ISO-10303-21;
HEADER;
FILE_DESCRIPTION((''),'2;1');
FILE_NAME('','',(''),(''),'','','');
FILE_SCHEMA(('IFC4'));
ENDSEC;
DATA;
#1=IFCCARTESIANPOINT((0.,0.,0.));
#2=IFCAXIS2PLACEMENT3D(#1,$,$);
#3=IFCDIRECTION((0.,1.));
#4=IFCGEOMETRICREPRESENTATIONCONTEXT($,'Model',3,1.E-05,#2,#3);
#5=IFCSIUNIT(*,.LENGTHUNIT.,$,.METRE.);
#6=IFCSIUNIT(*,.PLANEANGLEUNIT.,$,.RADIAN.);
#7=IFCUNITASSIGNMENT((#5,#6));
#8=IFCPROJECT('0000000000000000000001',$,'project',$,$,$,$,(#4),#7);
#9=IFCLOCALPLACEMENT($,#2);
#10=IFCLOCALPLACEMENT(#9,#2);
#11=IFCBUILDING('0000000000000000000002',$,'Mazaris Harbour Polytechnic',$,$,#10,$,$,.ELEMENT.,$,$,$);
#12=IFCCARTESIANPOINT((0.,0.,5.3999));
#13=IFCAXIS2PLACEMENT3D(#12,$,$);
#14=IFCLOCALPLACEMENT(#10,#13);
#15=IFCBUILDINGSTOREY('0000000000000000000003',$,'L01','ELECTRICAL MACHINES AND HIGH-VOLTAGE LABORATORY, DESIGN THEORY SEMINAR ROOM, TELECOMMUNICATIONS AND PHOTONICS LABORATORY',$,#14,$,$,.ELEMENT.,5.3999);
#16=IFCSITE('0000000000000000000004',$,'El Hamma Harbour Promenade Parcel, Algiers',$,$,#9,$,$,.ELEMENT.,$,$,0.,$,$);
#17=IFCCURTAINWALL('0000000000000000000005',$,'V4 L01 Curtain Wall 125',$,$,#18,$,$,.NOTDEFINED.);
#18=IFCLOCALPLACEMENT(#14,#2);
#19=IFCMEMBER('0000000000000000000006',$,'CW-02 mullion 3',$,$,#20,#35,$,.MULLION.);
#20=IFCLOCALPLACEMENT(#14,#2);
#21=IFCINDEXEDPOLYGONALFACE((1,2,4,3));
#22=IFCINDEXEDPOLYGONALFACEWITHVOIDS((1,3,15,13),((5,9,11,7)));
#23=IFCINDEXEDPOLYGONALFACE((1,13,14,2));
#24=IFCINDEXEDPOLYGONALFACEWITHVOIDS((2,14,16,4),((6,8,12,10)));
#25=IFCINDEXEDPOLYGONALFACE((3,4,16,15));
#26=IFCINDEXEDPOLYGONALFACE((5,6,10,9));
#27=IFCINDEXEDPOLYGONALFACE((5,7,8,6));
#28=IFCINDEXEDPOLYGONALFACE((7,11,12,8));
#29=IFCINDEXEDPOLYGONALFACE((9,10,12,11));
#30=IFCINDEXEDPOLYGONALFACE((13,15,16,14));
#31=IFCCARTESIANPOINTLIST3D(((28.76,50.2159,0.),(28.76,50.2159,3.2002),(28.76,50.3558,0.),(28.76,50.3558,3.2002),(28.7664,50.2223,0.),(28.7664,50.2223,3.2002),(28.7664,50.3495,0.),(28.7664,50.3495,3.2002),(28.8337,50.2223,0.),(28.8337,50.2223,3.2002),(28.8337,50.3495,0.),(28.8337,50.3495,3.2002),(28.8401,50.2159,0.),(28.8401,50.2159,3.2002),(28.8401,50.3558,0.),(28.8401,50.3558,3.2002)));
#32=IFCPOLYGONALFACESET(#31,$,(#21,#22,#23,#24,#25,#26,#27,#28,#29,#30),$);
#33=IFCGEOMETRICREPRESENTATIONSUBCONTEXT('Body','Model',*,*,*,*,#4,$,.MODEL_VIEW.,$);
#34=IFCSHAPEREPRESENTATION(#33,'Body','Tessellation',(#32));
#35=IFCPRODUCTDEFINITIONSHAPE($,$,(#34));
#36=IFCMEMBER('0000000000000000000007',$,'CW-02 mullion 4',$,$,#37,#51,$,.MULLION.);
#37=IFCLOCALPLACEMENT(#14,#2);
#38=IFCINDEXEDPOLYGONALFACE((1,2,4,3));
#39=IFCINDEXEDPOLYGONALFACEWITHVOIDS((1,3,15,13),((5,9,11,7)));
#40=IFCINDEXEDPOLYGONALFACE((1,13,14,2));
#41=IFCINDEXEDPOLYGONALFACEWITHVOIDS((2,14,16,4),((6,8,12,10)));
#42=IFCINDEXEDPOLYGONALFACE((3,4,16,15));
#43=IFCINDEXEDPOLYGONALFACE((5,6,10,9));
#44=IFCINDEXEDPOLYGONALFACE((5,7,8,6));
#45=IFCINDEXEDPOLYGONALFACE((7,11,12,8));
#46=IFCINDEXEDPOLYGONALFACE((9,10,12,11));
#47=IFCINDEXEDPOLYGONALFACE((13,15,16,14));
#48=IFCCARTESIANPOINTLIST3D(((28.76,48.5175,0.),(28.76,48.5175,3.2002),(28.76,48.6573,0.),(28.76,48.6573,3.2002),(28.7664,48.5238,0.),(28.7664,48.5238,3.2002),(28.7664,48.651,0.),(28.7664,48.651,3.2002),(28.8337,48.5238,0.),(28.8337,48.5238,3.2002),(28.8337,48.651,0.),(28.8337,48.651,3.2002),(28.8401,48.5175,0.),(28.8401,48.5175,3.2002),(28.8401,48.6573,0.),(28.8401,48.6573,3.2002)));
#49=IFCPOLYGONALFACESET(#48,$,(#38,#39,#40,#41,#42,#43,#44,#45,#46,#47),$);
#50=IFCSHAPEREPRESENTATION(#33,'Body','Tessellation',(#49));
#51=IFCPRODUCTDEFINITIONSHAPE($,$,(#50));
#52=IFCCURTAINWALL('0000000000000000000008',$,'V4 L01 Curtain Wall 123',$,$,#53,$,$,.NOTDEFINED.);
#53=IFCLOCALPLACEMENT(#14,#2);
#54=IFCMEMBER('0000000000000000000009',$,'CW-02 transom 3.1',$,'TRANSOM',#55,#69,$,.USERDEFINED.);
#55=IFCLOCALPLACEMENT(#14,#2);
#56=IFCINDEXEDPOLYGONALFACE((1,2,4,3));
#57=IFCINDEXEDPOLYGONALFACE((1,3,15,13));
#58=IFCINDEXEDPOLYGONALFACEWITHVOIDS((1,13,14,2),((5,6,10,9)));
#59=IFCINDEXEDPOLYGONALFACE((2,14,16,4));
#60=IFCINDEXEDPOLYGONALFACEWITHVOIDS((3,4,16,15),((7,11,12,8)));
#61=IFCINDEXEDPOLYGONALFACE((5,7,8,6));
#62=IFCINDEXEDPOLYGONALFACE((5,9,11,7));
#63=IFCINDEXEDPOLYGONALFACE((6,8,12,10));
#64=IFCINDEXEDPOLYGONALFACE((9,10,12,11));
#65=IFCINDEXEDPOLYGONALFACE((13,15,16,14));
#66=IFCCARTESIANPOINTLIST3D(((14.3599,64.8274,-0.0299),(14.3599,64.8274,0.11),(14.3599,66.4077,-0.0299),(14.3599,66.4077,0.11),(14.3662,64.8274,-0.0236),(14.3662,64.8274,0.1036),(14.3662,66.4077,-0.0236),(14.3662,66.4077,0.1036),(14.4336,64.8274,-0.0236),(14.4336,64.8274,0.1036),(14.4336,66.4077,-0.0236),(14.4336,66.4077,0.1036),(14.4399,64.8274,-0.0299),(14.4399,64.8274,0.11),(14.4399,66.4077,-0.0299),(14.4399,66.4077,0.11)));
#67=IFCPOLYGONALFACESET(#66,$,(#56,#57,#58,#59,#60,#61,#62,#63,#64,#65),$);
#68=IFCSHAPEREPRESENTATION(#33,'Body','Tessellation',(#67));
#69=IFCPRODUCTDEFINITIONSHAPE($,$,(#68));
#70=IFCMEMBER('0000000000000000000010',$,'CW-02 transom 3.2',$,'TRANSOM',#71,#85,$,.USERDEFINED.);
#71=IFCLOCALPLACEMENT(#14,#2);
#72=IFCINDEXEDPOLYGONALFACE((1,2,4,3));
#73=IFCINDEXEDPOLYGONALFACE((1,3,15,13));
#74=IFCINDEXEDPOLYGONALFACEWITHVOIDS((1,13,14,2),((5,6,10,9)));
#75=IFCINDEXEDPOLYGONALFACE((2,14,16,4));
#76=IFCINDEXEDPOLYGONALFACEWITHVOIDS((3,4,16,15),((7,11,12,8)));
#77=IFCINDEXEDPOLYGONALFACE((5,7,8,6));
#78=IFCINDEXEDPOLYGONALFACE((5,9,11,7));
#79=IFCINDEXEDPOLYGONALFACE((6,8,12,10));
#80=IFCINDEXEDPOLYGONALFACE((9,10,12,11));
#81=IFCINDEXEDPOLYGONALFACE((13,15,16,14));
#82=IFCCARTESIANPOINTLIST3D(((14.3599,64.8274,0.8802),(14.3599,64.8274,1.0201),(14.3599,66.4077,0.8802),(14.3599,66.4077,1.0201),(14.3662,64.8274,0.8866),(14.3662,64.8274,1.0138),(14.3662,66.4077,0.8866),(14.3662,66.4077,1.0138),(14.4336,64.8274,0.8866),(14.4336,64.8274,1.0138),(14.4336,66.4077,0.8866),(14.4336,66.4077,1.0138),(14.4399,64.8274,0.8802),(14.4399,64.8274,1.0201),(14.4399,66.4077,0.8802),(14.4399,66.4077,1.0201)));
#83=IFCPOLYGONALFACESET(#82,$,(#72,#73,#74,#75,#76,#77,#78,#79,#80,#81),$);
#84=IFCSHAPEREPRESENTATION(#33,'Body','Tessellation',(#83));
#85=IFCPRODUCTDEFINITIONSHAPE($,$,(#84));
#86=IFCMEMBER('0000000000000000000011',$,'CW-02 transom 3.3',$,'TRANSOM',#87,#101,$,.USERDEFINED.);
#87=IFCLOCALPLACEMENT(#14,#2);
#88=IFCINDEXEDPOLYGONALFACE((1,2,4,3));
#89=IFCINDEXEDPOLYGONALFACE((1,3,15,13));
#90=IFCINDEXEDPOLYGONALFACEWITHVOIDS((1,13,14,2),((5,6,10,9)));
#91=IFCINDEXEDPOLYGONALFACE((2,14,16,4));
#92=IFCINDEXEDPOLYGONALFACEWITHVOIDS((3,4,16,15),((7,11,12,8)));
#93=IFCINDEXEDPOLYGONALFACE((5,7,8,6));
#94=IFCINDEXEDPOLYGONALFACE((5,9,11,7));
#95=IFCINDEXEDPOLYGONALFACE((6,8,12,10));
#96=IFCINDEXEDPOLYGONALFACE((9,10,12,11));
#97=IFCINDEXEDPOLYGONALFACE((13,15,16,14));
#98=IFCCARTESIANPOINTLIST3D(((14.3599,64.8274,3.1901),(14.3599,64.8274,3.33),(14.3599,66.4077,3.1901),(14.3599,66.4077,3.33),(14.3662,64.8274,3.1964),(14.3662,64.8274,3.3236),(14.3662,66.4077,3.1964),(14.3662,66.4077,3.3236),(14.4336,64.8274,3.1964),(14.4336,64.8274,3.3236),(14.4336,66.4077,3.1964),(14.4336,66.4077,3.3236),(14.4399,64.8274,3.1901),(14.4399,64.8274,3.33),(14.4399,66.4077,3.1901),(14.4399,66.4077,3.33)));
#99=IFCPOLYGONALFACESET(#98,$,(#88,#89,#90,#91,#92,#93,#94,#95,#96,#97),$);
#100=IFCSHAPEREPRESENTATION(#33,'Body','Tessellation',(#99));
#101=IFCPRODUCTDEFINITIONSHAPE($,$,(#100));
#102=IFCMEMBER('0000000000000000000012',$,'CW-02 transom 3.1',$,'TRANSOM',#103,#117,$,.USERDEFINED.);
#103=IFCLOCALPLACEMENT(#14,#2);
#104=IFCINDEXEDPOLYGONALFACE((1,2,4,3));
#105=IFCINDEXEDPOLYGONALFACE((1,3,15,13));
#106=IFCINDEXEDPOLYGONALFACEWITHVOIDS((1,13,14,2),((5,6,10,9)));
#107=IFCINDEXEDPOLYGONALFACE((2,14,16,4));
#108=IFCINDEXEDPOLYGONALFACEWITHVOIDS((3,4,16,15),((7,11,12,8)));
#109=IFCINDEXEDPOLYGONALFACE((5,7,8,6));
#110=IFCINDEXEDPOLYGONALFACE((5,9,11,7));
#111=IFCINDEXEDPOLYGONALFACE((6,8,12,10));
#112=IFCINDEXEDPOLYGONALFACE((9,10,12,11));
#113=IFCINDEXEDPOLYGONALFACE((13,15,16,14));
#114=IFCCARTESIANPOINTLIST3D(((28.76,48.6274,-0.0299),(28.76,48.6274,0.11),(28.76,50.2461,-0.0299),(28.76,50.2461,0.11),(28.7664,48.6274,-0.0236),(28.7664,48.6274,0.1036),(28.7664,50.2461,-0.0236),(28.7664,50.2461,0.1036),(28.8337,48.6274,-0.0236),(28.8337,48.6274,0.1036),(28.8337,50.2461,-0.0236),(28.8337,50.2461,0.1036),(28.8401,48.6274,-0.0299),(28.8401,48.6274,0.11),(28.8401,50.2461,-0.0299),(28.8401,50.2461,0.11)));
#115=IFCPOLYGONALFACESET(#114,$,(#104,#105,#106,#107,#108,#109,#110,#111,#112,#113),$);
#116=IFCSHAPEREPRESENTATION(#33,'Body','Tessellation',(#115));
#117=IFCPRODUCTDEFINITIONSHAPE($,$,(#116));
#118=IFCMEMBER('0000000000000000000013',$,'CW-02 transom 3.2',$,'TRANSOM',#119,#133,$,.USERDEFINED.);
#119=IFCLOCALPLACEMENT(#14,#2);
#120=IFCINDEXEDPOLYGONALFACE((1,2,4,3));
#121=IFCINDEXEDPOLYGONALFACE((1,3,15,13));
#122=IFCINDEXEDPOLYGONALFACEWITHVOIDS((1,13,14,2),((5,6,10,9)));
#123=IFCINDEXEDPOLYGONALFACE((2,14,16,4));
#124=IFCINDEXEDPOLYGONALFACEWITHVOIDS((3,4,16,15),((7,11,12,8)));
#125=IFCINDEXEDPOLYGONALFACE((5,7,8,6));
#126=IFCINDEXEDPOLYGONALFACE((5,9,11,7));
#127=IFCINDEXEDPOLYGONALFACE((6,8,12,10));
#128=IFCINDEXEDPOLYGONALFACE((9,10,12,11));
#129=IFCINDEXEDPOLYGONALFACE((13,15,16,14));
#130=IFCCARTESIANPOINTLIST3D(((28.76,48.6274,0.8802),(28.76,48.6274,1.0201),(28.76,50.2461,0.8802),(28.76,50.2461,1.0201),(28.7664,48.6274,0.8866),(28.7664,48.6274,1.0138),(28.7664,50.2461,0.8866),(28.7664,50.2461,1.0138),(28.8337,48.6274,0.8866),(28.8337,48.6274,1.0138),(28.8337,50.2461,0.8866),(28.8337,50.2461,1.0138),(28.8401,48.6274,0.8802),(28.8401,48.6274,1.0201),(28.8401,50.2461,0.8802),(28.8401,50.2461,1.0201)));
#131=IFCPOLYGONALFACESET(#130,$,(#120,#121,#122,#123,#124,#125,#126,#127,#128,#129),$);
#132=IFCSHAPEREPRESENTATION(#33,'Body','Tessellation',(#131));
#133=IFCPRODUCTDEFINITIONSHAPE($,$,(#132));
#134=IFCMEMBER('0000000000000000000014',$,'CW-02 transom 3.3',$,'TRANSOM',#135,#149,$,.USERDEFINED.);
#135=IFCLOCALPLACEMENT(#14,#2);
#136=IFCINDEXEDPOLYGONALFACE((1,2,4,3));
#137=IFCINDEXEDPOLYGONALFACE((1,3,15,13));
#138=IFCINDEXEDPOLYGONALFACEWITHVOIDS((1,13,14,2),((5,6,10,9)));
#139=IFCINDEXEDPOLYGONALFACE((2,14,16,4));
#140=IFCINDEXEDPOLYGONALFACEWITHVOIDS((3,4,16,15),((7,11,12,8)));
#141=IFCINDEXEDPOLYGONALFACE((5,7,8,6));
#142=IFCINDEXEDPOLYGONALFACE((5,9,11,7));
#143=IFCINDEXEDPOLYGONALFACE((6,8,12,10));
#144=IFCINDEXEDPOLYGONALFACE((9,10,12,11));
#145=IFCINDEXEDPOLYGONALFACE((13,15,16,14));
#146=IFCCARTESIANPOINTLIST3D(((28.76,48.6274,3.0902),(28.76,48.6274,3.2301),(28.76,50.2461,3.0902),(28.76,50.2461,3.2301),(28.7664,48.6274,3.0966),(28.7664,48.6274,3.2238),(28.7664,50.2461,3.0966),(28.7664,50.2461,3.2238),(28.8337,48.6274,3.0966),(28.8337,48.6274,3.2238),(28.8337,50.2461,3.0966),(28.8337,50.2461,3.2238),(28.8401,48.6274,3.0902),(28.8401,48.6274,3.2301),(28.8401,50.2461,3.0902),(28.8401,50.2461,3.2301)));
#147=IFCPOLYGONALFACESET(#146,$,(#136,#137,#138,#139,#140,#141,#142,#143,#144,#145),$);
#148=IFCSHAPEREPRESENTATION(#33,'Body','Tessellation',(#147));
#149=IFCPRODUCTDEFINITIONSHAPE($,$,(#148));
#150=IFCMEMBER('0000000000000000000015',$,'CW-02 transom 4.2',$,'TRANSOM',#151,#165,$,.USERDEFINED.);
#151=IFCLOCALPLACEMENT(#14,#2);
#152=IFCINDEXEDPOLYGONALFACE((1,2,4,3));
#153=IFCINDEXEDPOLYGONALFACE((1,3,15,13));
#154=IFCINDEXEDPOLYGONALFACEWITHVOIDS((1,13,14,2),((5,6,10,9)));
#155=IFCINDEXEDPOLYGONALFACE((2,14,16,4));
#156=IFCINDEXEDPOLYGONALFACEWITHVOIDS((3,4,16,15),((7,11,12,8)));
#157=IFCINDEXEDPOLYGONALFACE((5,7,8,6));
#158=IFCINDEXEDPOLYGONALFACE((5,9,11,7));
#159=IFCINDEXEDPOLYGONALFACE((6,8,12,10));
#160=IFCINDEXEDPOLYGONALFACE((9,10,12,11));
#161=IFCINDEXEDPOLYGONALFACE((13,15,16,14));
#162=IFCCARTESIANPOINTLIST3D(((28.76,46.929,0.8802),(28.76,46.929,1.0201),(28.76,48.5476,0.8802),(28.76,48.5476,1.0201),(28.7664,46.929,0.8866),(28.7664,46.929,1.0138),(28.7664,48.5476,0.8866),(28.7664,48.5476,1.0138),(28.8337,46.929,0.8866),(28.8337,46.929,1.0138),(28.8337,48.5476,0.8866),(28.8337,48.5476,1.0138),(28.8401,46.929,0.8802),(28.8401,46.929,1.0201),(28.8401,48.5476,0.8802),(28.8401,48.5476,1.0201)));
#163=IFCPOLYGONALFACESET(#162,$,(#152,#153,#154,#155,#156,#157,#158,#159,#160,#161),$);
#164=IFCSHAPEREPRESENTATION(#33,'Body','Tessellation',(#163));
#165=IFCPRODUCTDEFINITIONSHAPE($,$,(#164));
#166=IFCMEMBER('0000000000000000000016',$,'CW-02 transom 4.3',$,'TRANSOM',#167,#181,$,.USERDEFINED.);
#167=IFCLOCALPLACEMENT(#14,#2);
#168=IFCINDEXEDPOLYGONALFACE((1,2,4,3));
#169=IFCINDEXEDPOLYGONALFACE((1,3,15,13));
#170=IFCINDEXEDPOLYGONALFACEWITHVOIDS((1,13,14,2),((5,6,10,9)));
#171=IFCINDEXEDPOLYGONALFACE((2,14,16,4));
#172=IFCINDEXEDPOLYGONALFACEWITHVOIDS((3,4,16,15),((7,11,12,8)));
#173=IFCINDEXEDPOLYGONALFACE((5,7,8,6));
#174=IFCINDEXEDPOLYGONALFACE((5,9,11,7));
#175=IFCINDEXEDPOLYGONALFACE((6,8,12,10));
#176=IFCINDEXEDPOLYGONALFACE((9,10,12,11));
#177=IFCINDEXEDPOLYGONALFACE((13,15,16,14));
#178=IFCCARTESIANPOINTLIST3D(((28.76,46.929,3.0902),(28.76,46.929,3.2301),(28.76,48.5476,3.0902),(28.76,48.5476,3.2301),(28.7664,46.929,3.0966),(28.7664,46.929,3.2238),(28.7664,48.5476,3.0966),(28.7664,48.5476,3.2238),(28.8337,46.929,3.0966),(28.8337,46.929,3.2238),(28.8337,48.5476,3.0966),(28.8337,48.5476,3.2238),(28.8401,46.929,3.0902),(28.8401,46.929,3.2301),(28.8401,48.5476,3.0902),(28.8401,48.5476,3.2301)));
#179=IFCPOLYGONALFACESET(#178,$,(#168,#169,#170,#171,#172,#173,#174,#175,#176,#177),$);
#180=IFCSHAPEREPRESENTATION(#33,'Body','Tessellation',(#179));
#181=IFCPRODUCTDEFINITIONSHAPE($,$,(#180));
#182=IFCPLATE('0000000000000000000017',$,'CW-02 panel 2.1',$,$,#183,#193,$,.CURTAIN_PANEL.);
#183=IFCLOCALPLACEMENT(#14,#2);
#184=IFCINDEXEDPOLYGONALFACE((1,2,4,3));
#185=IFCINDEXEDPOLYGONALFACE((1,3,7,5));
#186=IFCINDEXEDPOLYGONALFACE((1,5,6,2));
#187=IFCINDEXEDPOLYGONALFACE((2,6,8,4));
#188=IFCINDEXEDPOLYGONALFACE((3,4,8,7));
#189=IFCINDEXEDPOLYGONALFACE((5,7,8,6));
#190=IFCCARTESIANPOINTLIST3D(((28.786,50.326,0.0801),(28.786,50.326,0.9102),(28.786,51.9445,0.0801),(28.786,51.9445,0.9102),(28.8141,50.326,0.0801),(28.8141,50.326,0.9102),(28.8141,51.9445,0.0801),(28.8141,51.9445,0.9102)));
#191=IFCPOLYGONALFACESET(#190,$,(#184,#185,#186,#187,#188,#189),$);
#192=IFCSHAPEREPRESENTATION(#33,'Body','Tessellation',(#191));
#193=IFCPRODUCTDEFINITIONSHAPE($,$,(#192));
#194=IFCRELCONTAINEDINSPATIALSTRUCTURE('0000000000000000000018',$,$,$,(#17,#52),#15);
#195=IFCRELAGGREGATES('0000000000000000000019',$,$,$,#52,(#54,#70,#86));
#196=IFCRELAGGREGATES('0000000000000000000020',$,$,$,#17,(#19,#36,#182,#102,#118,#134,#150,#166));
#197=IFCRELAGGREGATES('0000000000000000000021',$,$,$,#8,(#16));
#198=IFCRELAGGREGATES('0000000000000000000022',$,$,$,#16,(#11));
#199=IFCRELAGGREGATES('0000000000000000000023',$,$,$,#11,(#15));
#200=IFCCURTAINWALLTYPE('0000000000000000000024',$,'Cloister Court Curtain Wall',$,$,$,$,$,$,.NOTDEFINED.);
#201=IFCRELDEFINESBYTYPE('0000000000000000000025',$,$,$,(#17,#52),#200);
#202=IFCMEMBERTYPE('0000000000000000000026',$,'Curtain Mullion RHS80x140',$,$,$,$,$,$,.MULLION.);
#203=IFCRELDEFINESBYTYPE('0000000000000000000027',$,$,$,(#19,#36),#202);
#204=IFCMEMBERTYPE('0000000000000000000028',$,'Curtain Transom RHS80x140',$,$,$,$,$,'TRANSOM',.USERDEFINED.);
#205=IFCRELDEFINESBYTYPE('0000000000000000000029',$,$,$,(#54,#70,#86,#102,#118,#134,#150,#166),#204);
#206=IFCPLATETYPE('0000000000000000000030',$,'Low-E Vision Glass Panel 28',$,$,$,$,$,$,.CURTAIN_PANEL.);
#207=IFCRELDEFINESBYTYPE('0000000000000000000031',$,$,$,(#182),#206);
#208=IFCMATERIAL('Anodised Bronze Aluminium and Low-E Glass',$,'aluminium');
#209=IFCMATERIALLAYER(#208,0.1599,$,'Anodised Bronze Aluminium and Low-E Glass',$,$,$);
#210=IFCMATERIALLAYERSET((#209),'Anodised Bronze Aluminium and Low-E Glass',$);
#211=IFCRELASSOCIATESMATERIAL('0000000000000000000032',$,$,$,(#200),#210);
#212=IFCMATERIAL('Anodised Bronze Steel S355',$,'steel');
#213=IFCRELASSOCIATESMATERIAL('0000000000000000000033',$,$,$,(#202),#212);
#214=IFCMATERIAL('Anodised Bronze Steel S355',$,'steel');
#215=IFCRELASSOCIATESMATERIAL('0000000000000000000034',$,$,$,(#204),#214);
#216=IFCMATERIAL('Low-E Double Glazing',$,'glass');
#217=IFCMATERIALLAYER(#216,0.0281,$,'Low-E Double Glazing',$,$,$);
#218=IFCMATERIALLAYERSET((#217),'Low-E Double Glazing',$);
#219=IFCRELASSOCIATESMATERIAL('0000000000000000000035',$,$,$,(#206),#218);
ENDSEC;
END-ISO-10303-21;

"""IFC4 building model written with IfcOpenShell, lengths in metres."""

from ifc_helpers import new_model, si_unit, direction, frame, origin, origin_2d, place, context, subcontext, project, spatial, rectangle, hollow_rectangle, extrude, material, layer, layer_set, material_profile, profile_set, type_object, element, aggregate, save


model = new_model("IFC4")

# Units and contexts
model_context = context("Model", 3, precision=1e-05, world=origin(), true_north=direction((0.0, 1.0)))
body_context = subcontext(model_context, "Body", "Model", "MODEL_VIEW")
ifc_project = project(units=[si_unit("LENGTHUNIT", "METRE"), si_unit("PLANEANGLEUNIT", "RADIAN")], contexts=[model_context])

# Site, building, storey
site_placement = place(None, origin())
site = spatial("IfcSite", under=ifc_project, at=site_placement, Name="El Hamma Harbour Promenade Parcel, Algiers", CompositionType="ELEMENT", RefElevation=0.0)
building_placement = place(site_placement, origin())
building = spatial("IfcBuilding", under=site, at=building_placement, Name="Mazaris Harbour Polytechnic", CompositionType="ELEMENT")
storey_placement = place(building_placement, frame((0.0, 0.0, 5.3999)))
storey = spatial("IfcBuildingStorey", under=building, at=storey_placement, Name="L01", Description="ELECTRICAL MACHINES AND HIGH-VOLTAGE LABORATORY, DESIGN THEORY SEMINAR ROOM, TELECOMMUNICATIONS AND PHOTONICS LABORATORY", CompositionType="ELEMENT", Elevation=5.3999)

# Curtain walls, members
ifc_material_1 = material(Name="Anodised Bronze Aluminium and Low-E Glass", Category="aluminium")
ifc_layer_1 = layer(ifc_material_1, 0.1599, Name="Anodised Bronze Aluminium and Low-E Glass")
ifc_layer_set_1 = layer_set([ifc_layer_1], Name="Anodised Bronze Aluminium and Low-E Glass")
curtain_wall_type = type_object("IfcCurtainWallType", Name="Cloister Court Curtain Wall", PredefinedType="NOTDEFINED", material=ifc_layer_set_1)
curtain_wall_1_placement = place(storey_placement, origin())
curtain_wall_1 = element("IfcCurtainWall", 1, at=curtain_wall_1_placement, inside=storey, type_object=curtain_wall_type, Name="V4 L01 Curtain Wall 125", PredefinedType="NOTDEFINED")
ifc_material_2 = material(Name="Anodised Bronze Steel S355", Category="steel")
ifc_material_profile_1 = material_profile(ifc_material_2, hollow_rectangle(XDim=0.0801, YDim=0.1399, WallThickness=0.0063, at=origin_2d()), Name="RHS 80x140x6.3")
ifc_profile_set_1 = profile_set([ifc_material_profile_1], Name="Anodised Bronze Steel S355")
member_type_1 = type_object("IfcMemberType", Name="Curtain Mullion RHS80x140", PredefinedType="MULLION", material=ifc_profile_set_1)
member_1_placement = place(storey_placement, frame((28.8, 50.2859, 0.0), z_axis=(0.0, 0.0, 1.0), x_axis=(1.0, 0.0, 0.0)))
member_1 = element("IfcMember", 2, at=member_1_placement, type_object=member_type_1, Name="CW-02 mullion 3", PredefinedType="MULLION", context=body_context, shape_type="SweptSolid", body=[
    extrude(hollow_rectangle(XDim=0.0801, YDim=0.1399, WallThickness=0.0063, at=origin_2d()), origin(), (0.0, 0.0, 1.0), 3.2002),
])
member_2_placement = place(storey_placement, frame((28.8, 48.5874, 0.0), z_axis=(0.0, 0.0, 1.0), x_axis=(1.0, 0.0, 0.0)))
member_2 = element("IfcMember", 3, at=member_2_placement, type_object=member_type_1, Name="CW-02 mullion 4", PredefinedType="MULLION", context=body_context, shape_type="SweptSolid", body=[
    extrude(hollow_rectangle(XDim=0.0801, YDim=0.1399, WallThickness=0.0063, at=origin_2d()), origin(), (0.0, 0.0, 1.0), 3.2002),
])
curtain_wall_2_placement = place(storey_placement, origin())
curtain_wall_2 = element("IfcCurtainWall", 4, at=curtain_wall_2_placement, inside=storey, type_object=curtain_wall_type, Name="V4 L01 Curtain Wall 123", PredefinedType="NOTDEFINED")
ifc_material_3 = material(Name="Anodised Bronze Steel S355", Category="steel")
ifc_material_profile_2 = material_profile(ifc_material_3, hollow_rectangle(XDim=0.0801, YDim=0.1399, WallThickness=0.0063, at=origin_2d()), Name="RHS 80x140x6.3")
ifc_profile_set_2 = profile_set([ifc_material_profile_2], Name="Anodised Bronze Steel S355")
member_type_2 = type_object("IfcMemberType", Name="Curtain Transom RHS80x140", ElementType="TRANSOM", PredefinedType="USERDEFINED", material=ifc_profile_set_2)
member_3_placement = place(storey_placement, frame((14.3999, 64.8274, 0.04), z_axis=(0.0, 1.0, 0.0), x_axis=(-1.0, 0.0, 0.0)))
member_3 = element("IfcMember", 5, at=member_3_placement, type_object=member_type_2, Name="CW-02 transom 3.1", ObjectType="TRANSOM", PredefinedType="USERDEFINED", context=body_context, shape_type="SweptSolid", body=[
    extrude(hollow_rectangle(XDim=0.0801, YDim=0.1399, WallThickness=0.0063, at=origin_2d()), origin(), (0.0, 0.0, 1.0), 1.5803),
])
member_4_placement = place(storey_placement, frame((14.3999, 64.8274, 0.9502), z_axis=(0.0, 1.0, 0.0), x_axis=(-1.0, 0.0, 0.0)))
member_4 = element("IfcMember", 6, at=member_4_placement, type_object=member_type_2, Name="CW-02 transom 3.2", ObjectType="TRANSOM", PredefinedType="USERDEFINED", context=body_context, shape_type="SweptSolid", body=[
    extrude(hollow_rectangle(XDim=0.0801, YDim=0.1399, WallThickness=0.0063, at=origin_2d()), origin(), (0.0, 0.0, 1.0), 1.5803),
])
member_5_placement = place(storey_placement, frame((14.3999, 64.8274, 3.26), z_axis=(0.0, 1.0, 0.0), x_axis=(-1.0, 0.0, 0.0)))
member_5 = element("IfcMember", 7, at=member_5_placement, type_object=member_type_2, Name="CW-02 transom 3.3", ObjectType="TRANSOM", PredefinedType="USERDEFINED", context=body_context, shape_type="SweptSolid", body=[
    extrude(hollow_rectangle(XDim=0.0801, YDim=0.1399, WallThickness=0.0063, at=origin_2d()), origin(), (0.0, 0.0, 1.0), 1.5803),
])
aggregate(curtain_wall_2, [member_3, member_4, member_5])

# Members
member_6_placement = place(storey_placement, frame((28.8, 50.2461, 0.04), z_axis=(0.0, -1.0, 0.0), x_axis=(1.0, 0.0, 0.0)))
member_6 = element("IfcMember", 8, at=member_6_placement, type_object=member_type_2, Name="CW-02 transom 3.1", ObjectType="TRANSOM", PredefinedType="USERDEFINED", context=body_context, shape_type="SweptSolid", body=[
    extrude(hollow_rectangle(XDim=0.0801, YDim=0.1399, WallThickness=0.0063, at=origin_2d()), origin(), (0.0, 0.0, 1.0), 1.6187),
])
member_7_placement = place(storey_placement, frame((28.8, 50.2461, 0.9502), z_axis=(0.0, -1.0, 0.0), x_axis=(1.0, 0.0, 0.0)))
member_7 = element("IfcMember", 9, at=member_7_placement, type_object=member_type_2, Name="CW-02 transom 3.2", ObjectType="TRANSOM", PredefinedType="USERDEFINED", context=body_context, shape_type="SweptSolid", body=[
    extrude(hollow_rectangle(XDim=0.0801, YDim=0.1399, WallThickness=0.0063, at=origin_2d()), origin(), (0.0, 0.0, 1.0), 1.6187),
])
member_8_placement = place(storey_placement, frame((28.8, 50.2461, 3.1602), z_axis=(0.0, -1.0, 0.0), x_axis=(1.0, 0.0, 0.0)))
member_8 = element("IfcMember", 10, at=member_8_placement, type_object=member_type_2, Name="CW-02 transom 3.3", ObjectType="TRANSOM", PredefinedType="USERDEFINED", context=body_context, shape_type="SweptSolid", body=[
    extrude(hollow_rectangle(XDim=0.0801, YDim=0.1399, WallThickness=0.0063, at=origin_2d()), origin(), (0.0, 0.0, 1.0), 1.6187),
])
member_9_placement = place(storey_placement, frame((28.8, 48.5476, 0.9502), z_axis=(0.0, -1.0, 0.0), x_axis=(1.0, 0.0, 0.0)))
member_9 = element("IfcMember", 11, at=member_9_placement, type_object=member_type_2, Name="CW-02 transom 4.2", ObjectType="TRANSOM", PredefinedType="USERDEFINED", context=body_context, shape_type="SweptSolid", body=[
    extrude(hollow_rectangle(XDim=0.0801, YDim=0.1399, WallThickness=0.0063, at=origin_2d()), origin(), (0.0, 0.0, 1.0), 1.6187),
])
member_10_placement = place(storey_placement, frame((28.8, 48.5476, 3.1602), z_axis=(0.0, -1.0, 0.0), x_axis=(1.0, 0.0, 0.0)))
member_10 = element("IfcMember", 12, at=member_10_placement, type_object=member_type_2, Name="CW-02 transom 4.3", ObjectType="TRANSOM", PredefinedType="USERDEFINED", context=body_context, shape_type="SweptSolid", body=[
    extrude(hollow_rectangle(XDim=0.0801, YDim=0.1399, WallThickness=0.0063, at=origin_2d()), origin(), (0.0, 0.0, 1.0), 1.6187),
])

# Plate
ifc_material_4 = material(Name="Low-E Double Glazing", Category="glass")
ifc_layer_2 = layer(ifc_material_4, 0.0281, Name="Low-E Double Glazing")
ifc_layer_set_2 = layer_set([ifc_layer_2], Name="Low-E Double Glazing")
plate_type = type_object("IfcPlateType", Name="Low-E Vision Glass Panel 28", PredefinedType="CURTAIN_PANEL", material=ifc_layer_set_2)
plate_1_placement = place(storey_placement, frame((28.8, 51.1353, 0.0801), z_axis=(0.0, 0.0, 1.0), x_axis=(0.0, -1.0, 0.0)))
plate_1 = element("IfcPlate", 13, at=plate_1_placement, type_object=plate_type, Name="CW-02 panel 2.1", PredefinedType="CURTAIN_PANEL", context=body_context, shape_type="SweptSolid", body=[
    extrude(rectangle(XDim=1.6184, YDim=0.0281, at=origin_2d()), origin(), (0.0, 0.0, 1.0), 0.8301),
])
aggregate(curtain_wall_1, [member_1, member_2, plate_1, member_6, member_7, member_8, member_9, member_10])

save(model, "model.ifc")
